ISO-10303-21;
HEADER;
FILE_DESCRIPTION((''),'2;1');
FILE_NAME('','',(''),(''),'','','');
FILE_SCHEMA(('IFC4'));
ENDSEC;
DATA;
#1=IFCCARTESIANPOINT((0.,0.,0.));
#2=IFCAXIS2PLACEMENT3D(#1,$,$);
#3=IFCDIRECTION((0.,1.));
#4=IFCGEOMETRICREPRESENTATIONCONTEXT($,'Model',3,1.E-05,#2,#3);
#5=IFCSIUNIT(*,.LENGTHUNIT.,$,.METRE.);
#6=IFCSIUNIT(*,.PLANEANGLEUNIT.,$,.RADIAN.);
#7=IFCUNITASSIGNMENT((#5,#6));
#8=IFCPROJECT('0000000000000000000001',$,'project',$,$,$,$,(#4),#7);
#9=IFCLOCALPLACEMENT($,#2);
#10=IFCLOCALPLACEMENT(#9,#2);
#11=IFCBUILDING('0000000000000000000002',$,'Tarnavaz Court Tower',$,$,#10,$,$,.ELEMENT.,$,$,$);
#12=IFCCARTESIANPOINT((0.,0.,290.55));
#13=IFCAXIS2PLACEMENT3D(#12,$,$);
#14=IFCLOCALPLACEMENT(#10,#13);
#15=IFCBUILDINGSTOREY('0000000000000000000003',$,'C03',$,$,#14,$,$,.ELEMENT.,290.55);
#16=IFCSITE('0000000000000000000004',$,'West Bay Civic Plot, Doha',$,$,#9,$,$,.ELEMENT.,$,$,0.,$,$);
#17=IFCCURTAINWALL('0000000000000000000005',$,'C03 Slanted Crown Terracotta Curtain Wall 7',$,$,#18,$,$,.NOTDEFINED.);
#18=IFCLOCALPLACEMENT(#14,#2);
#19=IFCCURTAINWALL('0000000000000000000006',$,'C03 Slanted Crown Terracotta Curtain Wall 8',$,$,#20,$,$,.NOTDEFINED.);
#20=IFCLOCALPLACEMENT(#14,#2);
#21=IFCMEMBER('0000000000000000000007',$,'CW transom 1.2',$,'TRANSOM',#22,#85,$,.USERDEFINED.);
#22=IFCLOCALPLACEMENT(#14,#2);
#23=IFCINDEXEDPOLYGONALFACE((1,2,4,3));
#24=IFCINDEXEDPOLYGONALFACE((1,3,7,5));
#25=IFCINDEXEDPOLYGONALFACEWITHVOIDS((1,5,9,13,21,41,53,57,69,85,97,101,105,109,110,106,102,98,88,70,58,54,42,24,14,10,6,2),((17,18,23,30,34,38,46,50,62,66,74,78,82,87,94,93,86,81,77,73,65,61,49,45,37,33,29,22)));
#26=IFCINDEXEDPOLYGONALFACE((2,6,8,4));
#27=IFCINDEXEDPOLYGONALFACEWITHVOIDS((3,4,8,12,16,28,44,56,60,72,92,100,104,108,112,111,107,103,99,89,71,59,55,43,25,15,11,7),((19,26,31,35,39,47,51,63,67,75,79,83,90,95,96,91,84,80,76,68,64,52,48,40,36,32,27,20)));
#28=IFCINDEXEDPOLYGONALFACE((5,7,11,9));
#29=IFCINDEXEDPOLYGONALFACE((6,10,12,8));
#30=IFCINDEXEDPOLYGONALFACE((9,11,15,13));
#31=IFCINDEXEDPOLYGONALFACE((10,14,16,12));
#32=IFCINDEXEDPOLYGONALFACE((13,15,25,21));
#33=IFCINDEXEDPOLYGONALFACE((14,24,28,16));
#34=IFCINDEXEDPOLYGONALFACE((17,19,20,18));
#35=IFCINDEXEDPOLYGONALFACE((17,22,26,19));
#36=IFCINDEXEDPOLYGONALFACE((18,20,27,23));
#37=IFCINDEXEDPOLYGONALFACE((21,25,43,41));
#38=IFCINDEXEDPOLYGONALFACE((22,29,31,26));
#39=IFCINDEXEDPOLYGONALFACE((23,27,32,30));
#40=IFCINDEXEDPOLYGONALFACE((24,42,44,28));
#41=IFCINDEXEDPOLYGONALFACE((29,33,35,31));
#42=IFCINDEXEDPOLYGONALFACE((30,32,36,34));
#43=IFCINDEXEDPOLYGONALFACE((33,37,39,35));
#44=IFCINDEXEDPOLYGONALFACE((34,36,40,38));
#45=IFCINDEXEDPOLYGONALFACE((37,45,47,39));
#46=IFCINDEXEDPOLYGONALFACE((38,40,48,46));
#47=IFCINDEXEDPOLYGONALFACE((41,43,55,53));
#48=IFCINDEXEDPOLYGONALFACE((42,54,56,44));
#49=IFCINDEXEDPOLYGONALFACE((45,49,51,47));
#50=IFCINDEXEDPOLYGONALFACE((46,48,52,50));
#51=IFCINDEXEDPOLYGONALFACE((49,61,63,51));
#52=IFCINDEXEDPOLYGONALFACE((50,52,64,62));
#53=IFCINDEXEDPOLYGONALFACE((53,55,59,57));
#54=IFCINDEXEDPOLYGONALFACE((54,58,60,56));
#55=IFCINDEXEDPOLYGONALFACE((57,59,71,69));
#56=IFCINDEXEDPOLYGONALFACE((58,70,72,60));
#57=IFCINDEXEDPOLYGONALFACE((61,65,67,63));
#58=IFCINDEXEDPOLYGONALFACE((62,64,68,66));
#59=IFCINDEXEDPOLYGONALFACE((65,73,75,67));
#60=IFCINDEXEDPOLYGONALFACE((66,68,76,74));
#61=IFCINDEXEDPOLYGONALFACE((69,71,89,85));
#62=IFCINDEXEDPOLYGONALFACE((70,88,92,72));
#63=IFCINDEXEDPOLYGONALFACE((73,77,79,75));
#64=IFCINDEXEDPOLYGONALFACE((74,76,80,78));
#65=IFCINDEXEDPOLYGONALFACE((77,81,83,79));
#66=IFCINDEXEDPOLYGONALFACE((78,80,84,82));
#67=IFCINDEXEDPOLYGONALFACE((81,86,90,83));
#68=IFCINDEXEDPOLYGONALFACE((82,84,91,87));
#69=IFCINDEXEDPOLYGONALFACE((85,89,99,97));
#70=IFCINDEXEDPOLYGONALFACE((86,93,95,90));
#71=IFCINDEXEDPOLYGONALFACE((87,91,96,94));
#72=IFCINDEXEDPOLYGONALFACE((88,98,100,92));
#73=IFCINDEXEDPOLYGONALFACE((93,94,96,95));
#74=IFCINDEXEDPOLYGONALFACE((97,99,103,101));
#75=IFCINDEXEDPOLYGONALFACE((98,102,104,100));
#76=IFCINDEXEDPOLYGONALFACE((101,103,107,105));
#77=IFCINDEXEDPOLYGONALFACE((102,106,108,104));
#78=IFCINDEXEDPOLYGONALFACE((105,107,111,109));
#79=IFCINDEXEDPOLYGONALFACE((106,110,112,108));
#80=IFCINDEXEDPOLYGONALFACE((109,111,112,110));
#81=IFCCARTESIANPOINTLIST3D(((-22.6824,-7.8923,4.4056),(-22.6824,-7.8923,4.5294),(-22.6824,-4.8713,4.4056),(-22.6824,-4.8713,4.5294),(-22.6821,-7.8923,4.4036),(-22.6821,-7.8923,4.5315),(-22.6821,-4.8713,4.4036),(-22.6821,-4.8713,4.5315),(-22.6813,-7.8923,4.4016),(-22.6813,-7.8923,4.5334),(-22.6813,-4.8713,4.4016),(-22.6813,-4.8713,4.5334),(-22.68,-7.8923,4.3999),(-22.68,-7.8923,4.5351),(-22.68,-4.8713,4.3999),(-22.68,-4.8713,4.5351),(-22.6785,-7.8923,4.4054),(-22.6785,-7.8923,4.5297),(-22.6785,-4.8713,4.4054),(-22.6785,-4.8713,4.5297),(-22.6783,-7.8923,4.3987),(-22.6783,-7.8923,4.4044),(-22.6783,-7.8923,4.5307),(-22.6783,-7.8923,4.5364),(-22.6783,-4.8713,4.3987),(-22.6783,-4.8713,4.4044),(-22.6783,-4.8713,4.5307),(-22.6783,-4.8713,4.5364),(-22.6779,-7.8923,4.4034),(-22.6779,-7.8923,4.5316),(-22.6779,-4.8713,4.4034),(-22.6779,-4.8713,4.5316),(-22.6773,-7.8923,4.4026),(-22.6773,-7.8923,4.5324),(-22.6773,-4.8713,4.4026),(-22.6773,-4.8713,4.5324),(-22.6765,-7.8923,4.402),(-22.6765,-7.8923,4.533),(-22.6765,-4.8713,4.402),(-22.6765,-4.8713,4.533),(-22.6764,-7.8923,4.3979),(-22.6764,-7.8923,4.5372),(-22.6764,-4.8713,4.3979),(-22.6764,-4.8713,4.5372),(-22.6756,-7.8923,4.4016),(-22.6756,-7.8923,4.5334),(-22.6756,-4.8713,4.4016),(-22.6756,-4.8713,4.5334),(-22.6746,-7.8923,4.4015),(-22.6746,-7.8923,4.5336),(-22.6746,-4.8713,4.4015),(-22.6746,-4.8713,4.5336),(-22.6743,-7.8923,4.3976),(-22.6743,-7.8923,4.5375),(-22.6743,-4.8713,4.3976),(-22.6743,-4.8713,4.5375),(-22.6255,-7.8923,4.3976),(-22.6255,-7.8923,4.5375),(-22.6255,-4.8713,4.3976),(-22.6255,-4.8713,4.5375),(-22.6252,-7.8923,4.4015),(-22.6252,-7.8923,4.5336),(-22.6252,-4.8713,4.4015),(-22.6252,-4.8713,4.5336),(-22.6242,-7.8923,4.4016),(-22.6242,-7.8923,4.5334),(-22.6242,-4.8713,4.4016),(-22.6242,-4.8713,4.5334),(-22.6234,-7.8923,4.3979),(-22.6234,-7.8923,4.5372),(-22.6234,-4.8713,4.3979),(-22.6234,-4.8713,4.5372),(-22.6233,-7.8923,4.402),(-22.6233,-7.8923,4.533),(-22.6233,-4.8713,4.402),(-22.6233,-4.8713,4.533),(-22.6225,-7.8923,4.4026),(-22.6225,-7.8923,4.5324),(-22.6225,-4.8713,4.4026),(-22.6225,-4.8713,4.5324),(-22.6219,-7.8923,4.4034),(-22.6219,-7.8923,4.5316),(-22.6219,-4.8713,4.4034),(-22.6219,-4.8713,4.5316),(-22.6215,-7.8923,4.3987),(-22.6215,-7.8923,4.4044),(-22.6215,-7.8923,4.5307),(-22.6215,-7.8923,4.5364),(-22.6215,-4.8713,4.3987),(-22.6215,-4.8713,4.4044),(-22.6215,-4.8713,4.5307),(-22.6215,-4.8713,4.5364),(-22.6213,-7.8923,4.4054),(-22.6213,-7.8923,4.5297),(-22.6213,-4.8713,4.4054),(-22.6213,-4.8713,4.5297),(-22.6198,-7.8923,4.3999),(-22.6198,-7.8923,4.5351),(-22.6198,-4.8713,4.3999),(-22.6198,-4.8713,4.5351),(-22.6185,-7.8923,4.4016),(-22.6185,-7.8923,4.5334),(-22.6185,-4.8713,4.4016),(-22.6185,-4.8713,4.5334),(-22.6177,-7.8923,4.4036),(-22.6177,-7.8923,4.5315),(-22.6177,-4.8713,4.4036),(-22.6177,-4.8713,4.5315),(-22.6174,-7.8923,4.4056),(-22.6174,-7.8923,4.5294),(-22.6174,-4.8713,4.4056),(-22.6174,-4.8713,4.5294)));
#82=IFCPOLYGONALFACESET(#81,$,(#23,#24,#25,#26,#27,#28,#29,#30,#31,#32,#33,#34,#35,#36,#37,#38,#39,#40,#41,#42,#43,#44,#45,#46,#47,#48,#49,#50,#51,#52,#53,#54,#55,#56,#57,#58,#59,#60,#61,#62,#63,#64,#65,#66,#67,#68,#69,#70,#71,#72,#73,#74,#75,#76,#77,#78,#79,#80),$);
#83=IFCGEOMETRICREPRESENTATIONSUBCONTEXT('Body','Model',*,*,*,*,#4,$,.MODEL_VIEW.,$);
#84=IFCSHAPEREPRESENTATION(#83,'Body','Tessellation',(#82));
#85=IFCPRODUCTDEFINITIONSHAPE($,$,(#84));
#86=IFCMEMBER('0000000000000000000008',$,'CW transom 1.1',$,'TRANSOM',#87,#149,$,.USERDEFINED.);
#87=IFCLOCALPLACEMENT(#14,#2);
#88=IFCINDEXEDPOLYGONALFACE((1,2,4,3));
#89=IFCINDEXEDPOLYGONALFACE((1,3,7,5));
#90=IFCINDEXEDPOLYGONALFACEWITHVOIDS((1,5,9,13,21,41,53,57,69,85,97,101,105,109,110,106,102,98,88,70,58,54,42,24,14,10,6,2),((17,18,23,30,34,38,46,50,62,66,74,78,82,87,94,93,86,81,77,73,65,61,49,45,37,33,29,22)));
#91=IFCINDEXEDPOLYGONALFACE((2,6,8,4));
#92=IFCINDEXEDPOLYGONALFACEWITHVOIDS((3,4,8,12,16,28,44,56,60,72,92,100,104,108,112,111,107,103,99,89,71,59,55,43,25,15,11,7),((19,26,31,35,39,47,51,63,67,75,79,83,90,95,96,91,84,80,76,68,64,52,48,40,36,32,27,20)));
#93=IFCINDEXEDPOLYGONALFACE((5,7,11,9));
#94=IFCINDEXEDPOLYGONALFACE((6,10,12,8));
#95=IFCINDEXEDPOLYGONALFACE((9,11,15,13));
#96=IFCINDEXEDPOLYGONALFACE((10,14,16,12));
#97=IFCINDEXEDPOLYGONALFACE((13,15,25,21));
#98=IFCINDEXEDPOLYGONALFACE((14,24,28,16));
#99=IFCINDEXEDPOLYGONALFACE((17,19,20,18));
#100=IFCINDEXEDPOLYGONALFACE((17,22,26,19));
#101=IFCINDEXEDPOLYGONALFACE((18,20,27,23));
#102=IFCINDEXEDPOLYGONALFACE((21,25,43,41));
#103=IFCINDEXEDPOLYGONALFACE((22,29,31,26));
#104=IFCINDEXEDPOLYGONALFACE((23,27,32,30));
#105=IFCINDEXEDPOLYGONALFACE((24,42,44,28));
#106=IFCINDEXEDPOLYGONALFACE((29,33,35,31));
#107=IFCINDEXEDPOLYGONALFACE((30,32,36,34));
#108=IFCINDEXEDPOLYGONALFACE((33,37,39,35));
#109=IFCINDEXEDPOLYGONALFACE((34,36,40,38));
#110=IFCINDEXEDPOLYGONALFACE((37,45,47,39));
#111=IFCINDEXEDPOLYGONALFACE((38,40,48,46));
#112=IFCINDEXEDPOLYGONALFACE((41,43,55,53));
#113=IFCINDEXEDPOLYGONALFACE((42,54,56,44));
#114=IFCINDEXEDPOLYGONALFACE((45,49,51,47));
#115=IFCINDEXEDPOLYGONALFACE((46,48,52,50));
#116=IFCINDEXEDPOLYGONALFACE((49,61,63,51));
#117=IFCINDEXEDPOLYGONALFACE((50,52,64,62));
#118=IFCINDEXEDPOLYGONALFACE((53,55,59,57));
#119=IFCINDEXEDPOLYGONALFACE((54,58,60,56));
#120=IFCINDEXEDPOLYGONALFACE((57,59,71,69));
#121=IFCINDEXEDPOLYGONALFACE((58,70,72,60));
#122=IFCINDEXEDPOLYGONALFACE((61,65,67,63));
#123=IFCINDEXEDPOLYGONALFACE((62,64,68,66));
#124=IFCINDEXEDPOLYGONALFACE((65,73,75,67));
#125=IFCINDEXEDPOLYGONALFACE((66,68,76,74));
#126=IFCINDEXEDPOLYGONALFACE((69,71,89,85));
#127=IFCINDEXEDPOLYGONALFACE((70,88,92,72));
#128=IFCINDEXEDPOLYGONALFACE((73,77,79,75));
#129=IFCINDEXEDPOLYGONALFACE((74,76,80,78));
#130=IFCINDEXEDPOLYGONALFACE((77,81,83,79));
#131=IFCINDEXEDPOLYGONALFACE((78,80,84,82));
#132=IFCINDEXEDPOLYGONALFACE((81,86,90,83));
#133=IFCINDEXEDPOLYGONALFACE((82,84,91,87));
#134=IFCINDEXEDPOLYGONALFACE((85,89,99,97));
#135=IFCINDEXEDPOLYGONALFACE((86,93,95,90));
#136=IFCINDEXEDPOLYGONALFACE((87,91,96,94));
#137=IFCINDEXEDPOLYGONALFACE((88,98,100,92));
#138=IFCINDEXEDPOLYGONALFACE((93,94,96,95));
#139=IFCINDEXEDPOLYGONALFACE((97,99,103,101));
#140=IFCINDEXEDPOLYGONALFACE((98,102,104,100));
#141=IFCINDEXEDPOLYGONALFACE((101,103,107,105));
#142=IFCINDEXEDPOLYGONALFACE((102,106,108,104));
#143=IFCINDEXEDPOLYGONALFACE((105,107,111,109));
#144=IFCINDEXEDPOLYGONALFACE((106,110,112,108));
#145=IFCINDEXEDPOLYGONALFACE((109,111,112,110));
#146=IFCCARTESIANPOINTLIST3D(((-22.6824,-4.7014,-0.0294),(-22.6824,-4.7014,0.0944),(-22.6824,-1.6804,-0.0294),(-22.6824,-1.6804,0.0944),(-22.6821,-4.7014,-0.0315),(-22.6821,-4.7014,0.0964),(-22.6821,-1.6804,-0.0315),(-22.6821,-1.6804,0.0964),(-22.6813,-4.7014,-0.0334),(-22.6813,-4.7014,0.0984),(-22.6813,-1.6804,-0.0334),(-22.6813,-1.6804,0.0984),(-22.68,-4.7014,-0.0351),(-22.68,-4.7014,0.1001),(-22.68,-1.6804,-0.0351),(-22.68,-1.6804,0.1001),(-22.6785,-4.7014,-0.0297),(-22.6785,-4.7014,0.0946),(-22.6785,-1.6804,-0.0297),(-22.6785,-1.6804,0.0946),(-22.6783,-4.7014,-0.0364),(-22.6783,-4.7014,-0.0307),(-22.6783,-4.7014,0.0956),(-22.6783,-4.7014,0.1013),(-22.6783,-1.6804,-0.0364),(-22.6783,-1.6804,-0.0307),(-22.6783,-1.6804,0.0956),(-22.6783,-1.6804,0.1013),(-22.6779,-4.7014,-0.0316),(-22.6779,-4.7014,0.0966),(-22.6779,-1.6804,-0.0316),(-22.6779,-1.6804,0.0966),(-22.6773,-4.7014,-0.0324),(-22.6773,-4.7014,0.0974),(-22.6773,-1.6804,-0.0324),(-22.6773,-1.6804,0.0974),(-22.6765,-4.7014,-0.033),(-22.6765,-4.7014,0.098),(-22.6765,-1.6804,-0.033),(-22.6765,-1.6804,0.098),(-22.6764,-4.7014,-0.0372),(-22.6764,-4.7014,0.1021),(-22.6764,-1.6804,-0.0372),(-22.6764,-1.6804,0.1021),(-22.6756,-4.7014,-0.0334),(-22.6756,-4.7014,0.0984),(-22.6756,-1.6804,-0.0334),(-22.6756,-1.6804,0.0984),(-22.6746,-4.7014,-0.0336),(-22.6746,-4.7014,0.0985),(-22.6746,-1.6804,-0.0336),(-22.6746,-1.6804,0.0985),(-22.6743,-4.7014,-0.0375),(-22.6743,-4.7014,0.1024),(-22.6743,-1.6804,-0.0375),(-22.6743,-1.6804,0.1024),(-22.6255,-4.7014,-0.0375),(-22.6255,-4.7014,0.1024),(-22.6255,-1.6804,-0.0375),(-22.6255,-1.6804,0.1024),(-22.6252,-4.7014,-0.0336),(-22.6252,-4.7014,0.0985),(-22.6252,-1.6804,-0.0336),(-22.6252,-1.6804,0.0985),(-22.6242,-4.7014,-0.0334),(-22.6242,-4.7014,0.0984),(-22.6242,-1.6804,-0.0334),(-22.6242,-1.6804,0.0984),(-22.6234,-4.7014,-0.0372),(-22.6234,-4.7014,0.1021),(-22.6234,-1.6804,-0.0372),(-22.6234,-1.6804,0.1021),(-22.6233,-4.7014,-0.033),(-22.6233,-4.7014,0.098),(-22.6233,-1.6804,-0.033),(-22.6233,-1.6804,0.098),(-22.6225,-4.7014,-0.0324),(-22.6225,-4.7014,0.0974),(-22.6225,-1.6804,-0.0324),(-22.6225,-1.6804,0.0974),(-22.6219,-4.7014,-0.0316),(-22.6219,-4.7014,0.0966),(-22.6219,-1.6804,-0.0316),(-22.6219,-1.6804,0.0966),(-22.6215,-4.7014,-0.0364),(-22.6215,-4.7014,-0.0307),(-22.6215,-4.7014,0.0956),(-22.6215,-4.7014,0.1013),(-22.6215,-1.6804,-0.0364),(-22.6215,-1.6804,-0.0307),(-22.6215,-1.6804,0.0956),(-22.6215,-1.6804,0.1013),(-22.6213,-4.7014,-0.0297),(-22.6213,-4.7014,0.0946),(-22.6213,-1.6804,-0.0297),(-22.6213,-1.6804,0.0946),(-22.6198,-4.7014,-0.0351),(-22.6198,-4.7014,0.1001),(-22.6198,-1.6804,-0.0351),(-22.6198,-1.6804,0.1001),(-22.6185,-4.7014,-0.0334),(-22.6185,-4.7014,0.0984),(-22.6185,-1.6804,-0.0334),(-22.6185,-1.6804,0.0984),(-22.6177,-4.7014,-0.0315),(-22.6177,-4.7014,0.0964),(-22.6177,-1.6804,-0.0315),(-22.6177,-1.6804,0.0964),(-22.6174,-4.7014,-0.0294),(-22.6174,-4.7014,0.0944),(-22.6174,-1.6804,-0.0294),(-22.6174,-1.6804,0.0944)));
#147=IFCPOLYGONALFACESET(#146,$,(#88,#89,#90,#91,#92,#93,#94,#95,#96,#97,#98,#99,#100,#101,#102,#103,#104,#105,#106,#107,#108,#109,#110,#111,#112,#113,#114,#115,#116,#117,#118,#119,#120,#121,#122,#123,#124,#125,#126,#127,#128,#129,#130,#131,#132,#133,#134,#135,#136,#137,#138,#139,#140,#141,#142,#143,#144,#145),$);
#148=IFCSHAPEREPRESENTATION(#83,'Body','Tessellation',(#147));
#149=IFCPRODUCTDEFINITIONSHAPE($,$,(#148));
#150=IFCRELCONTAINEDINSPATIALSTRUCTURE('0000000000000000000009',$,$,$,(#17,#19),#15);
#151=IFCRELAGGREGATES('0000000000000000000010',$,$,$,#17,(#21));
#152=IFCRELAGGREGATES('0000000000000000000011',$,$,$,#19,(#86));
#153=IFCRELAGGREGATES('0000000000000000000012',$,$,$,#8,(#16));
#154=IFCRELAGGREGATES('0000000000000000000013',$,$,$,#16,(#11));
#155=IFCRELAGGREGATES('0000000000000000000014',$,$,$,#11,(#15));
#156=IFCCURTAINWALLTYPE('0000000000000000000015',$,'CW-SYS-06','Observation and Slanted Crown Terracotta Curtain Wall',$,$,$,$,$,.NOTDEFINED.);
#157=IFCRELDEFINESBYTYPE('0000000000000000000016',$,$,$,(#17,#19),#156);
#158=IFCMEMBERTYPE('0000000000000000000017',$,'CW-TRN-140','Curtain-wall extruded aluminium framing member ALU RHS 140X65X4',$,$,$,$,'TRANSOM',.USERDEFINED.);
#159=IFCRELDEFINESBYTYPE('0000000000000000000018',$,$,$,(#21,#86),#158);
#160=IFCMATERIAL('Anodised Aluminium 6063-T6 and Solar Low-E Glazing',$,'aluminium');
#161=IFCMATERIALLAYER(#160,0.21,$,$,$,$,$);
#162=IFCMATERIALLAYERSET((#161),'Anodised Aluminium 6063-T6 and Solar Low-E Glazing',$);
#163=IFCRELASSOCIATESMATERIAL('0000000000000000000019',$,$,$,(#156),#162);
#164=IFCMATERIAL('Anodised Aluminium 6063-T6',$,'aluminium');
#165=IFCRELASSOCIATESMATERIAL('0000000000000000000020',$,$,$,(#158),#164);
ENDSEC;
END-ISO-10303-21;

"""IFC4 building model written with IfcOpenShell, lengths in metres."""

from ifc_helpers import new_model, si_unit, direction, frame, origin, origin_2d, place, context, subcontext, project, spatial, hollow_rectangle, extrude, material, layer, layer_set, material_profile, profile_set, type_object, element, aggregate, save


model = new_model("IFC4")

# Units and contexts
model_context = context("Model", 3, precision=1e-05, world=origin(), true_north=direction((0.0, 1.0)))
body_context = subcontext(model_context, "Body", "Model", "MODEL_VIEW")
ifc_project = project(units=[si_unit("LENGTHUNIT", "METRE"), si_unit("PLANEANGLEUNIT", "RADIAN")], contexts=[model_context])

# Site, building, storey
site_placement = place(None, origin())
site = spatial("IfcSite", under=ifc_project, at=site_placement, Name="West Bay Civic Plot, Doha", CompositionType="ELEMENT", RefElevation=0.0)
building_placement = place(site_placement, origin())
building = spatial("IfcBuilding", under=site, at=building_placement, Name="Tarnavaz Court Tower", CompositionType="ELEMENT")
storey_placement = place(building_placement, frame((0.0, 0.0, 290.55)))
storey = spatial("IfcBuildingStorey", under=building, at=storey_placement, Name="C03", CompositionType="ELEMENT", Elevation=290.55)

# Curtain walls
ifc_material_1 = material(Name="Anodised Aluminium 6063-T6 and Solar Low-E Glazing", Category="aluminium")
ifc_layer_1 = layer(ifc_material_1, 0.21)
ifc_layer_set_1 = layer_set([ifc_layer_1], Name="Anodised Aluminium 6063-T6 and Solar Low-E Glazing")
curtain_wall_type = type_object("IfcCurtainWallType", Name="CW-SYS-06", Description="Observation and Slanted Crown Terracotta Curtain Wall", PredefinedType="NOTDEFINED", material=ifc_layer_set_1)
ifc_material_2 = material(Name="Anodised Aluminium 6063-T6", Category="aluminium")
curtain_wall_1_placement = place(storey_placement, origin())
curtain_wall_1 = element("IfcCurtainWall", 1, at=curtain_wall_1_placement, inside=storey, type_object=curtain_wall_type, Name="C03 Slanted Crown Terracotta Curtain Wall 7", PredefinedType="NOTDEFINED")
curtain_wall_2_placement = place(storey_placement, origin())
curtain_wall_2 = element("IfcCurtainWall", 2, at=curtain_wall_2_placement, inside=storey, type_object=curtain_wall_type, Name="C03 Slanted Crown Terracotta Curtain Wall 8", PredefinedType="NOTDEFINED")

# Members
ifc_material_profile_1 = material_profile(ifc_material_2, hollow_rectangle(XDim=0.0649, YDim=0.1399, WallThickness=0.0039, InnerFilletRadius=0.0039, OuterFilletRadius=0.0081, at=origin_2d()), Name="ALU RHS 140X65X4")
ifc_profile_set_1 = profile_set([ifc_material_profile_1], Name="Anodised Aluminium 6063-T6")
member_type_1 = type_object("IfcMemberType", Name="CW-TRN-140", Description="Curtain-wall extruded aluminium framing member ALU RHS 140X65X4", ElementType="TRANSOM", PredefinedType="USERDEFINED", material=ifc_profile_set_1)
member_1_placement = place(storey_placement, frame((-22.6499, -7.8923, 4.4675), z_axis=(0.0, 1.0, 0.0), x_axis=(-1.0, 0.0, 0.0)))
member_1 = element("IfcMember", 3, at=member_1_placement, type_object=member_type_1, Name="CW transom 1.2", ObjectType="TRANSOM", PredefinedType="USERDEFINED", context=body_context, shape_type="SweptSolid", body=[
    extrude(hollow_rectangle(XDim=0.0649, YDim=0.1399, WallThickness=0.0039, InnerFilletRadius=0.0039, OuterFilletRadius=0.0081, at=origin_2d()), origin(), (0.0, 0.0, 1.0), 3.021),
])
member_2_placement = place(storey_placement, frame((-22.6499, -4.7014, 0.0325), z_axis=(0.0, 1.0, 0.0), x_axis=(-1.0, 0.0, 0.0)))
member_2 = element("IfcMember", 4, at=member_2_placement, type_object=member_type_1, Name="CW transom 1.1", ObjectType="TRANSOM", PredefinedType="USERDEFINED", context=body_context, shape_type="SweptSolid", body=[
    extrude(hollow_rectangle(XDim=0.0649, YDim=0.1399, WallThickness=0.0039, InnerFilletRadius=0.0039, OuterFilletRadius=0.0081, at=origin_2d()), origin(), (0.0, 0.0, 1.0), 3.021),
])

aggregate(curtain_wall_1, [member_1])
aggregate(curtain_wall_2, [member_2])

save(model, "model.ifc")
